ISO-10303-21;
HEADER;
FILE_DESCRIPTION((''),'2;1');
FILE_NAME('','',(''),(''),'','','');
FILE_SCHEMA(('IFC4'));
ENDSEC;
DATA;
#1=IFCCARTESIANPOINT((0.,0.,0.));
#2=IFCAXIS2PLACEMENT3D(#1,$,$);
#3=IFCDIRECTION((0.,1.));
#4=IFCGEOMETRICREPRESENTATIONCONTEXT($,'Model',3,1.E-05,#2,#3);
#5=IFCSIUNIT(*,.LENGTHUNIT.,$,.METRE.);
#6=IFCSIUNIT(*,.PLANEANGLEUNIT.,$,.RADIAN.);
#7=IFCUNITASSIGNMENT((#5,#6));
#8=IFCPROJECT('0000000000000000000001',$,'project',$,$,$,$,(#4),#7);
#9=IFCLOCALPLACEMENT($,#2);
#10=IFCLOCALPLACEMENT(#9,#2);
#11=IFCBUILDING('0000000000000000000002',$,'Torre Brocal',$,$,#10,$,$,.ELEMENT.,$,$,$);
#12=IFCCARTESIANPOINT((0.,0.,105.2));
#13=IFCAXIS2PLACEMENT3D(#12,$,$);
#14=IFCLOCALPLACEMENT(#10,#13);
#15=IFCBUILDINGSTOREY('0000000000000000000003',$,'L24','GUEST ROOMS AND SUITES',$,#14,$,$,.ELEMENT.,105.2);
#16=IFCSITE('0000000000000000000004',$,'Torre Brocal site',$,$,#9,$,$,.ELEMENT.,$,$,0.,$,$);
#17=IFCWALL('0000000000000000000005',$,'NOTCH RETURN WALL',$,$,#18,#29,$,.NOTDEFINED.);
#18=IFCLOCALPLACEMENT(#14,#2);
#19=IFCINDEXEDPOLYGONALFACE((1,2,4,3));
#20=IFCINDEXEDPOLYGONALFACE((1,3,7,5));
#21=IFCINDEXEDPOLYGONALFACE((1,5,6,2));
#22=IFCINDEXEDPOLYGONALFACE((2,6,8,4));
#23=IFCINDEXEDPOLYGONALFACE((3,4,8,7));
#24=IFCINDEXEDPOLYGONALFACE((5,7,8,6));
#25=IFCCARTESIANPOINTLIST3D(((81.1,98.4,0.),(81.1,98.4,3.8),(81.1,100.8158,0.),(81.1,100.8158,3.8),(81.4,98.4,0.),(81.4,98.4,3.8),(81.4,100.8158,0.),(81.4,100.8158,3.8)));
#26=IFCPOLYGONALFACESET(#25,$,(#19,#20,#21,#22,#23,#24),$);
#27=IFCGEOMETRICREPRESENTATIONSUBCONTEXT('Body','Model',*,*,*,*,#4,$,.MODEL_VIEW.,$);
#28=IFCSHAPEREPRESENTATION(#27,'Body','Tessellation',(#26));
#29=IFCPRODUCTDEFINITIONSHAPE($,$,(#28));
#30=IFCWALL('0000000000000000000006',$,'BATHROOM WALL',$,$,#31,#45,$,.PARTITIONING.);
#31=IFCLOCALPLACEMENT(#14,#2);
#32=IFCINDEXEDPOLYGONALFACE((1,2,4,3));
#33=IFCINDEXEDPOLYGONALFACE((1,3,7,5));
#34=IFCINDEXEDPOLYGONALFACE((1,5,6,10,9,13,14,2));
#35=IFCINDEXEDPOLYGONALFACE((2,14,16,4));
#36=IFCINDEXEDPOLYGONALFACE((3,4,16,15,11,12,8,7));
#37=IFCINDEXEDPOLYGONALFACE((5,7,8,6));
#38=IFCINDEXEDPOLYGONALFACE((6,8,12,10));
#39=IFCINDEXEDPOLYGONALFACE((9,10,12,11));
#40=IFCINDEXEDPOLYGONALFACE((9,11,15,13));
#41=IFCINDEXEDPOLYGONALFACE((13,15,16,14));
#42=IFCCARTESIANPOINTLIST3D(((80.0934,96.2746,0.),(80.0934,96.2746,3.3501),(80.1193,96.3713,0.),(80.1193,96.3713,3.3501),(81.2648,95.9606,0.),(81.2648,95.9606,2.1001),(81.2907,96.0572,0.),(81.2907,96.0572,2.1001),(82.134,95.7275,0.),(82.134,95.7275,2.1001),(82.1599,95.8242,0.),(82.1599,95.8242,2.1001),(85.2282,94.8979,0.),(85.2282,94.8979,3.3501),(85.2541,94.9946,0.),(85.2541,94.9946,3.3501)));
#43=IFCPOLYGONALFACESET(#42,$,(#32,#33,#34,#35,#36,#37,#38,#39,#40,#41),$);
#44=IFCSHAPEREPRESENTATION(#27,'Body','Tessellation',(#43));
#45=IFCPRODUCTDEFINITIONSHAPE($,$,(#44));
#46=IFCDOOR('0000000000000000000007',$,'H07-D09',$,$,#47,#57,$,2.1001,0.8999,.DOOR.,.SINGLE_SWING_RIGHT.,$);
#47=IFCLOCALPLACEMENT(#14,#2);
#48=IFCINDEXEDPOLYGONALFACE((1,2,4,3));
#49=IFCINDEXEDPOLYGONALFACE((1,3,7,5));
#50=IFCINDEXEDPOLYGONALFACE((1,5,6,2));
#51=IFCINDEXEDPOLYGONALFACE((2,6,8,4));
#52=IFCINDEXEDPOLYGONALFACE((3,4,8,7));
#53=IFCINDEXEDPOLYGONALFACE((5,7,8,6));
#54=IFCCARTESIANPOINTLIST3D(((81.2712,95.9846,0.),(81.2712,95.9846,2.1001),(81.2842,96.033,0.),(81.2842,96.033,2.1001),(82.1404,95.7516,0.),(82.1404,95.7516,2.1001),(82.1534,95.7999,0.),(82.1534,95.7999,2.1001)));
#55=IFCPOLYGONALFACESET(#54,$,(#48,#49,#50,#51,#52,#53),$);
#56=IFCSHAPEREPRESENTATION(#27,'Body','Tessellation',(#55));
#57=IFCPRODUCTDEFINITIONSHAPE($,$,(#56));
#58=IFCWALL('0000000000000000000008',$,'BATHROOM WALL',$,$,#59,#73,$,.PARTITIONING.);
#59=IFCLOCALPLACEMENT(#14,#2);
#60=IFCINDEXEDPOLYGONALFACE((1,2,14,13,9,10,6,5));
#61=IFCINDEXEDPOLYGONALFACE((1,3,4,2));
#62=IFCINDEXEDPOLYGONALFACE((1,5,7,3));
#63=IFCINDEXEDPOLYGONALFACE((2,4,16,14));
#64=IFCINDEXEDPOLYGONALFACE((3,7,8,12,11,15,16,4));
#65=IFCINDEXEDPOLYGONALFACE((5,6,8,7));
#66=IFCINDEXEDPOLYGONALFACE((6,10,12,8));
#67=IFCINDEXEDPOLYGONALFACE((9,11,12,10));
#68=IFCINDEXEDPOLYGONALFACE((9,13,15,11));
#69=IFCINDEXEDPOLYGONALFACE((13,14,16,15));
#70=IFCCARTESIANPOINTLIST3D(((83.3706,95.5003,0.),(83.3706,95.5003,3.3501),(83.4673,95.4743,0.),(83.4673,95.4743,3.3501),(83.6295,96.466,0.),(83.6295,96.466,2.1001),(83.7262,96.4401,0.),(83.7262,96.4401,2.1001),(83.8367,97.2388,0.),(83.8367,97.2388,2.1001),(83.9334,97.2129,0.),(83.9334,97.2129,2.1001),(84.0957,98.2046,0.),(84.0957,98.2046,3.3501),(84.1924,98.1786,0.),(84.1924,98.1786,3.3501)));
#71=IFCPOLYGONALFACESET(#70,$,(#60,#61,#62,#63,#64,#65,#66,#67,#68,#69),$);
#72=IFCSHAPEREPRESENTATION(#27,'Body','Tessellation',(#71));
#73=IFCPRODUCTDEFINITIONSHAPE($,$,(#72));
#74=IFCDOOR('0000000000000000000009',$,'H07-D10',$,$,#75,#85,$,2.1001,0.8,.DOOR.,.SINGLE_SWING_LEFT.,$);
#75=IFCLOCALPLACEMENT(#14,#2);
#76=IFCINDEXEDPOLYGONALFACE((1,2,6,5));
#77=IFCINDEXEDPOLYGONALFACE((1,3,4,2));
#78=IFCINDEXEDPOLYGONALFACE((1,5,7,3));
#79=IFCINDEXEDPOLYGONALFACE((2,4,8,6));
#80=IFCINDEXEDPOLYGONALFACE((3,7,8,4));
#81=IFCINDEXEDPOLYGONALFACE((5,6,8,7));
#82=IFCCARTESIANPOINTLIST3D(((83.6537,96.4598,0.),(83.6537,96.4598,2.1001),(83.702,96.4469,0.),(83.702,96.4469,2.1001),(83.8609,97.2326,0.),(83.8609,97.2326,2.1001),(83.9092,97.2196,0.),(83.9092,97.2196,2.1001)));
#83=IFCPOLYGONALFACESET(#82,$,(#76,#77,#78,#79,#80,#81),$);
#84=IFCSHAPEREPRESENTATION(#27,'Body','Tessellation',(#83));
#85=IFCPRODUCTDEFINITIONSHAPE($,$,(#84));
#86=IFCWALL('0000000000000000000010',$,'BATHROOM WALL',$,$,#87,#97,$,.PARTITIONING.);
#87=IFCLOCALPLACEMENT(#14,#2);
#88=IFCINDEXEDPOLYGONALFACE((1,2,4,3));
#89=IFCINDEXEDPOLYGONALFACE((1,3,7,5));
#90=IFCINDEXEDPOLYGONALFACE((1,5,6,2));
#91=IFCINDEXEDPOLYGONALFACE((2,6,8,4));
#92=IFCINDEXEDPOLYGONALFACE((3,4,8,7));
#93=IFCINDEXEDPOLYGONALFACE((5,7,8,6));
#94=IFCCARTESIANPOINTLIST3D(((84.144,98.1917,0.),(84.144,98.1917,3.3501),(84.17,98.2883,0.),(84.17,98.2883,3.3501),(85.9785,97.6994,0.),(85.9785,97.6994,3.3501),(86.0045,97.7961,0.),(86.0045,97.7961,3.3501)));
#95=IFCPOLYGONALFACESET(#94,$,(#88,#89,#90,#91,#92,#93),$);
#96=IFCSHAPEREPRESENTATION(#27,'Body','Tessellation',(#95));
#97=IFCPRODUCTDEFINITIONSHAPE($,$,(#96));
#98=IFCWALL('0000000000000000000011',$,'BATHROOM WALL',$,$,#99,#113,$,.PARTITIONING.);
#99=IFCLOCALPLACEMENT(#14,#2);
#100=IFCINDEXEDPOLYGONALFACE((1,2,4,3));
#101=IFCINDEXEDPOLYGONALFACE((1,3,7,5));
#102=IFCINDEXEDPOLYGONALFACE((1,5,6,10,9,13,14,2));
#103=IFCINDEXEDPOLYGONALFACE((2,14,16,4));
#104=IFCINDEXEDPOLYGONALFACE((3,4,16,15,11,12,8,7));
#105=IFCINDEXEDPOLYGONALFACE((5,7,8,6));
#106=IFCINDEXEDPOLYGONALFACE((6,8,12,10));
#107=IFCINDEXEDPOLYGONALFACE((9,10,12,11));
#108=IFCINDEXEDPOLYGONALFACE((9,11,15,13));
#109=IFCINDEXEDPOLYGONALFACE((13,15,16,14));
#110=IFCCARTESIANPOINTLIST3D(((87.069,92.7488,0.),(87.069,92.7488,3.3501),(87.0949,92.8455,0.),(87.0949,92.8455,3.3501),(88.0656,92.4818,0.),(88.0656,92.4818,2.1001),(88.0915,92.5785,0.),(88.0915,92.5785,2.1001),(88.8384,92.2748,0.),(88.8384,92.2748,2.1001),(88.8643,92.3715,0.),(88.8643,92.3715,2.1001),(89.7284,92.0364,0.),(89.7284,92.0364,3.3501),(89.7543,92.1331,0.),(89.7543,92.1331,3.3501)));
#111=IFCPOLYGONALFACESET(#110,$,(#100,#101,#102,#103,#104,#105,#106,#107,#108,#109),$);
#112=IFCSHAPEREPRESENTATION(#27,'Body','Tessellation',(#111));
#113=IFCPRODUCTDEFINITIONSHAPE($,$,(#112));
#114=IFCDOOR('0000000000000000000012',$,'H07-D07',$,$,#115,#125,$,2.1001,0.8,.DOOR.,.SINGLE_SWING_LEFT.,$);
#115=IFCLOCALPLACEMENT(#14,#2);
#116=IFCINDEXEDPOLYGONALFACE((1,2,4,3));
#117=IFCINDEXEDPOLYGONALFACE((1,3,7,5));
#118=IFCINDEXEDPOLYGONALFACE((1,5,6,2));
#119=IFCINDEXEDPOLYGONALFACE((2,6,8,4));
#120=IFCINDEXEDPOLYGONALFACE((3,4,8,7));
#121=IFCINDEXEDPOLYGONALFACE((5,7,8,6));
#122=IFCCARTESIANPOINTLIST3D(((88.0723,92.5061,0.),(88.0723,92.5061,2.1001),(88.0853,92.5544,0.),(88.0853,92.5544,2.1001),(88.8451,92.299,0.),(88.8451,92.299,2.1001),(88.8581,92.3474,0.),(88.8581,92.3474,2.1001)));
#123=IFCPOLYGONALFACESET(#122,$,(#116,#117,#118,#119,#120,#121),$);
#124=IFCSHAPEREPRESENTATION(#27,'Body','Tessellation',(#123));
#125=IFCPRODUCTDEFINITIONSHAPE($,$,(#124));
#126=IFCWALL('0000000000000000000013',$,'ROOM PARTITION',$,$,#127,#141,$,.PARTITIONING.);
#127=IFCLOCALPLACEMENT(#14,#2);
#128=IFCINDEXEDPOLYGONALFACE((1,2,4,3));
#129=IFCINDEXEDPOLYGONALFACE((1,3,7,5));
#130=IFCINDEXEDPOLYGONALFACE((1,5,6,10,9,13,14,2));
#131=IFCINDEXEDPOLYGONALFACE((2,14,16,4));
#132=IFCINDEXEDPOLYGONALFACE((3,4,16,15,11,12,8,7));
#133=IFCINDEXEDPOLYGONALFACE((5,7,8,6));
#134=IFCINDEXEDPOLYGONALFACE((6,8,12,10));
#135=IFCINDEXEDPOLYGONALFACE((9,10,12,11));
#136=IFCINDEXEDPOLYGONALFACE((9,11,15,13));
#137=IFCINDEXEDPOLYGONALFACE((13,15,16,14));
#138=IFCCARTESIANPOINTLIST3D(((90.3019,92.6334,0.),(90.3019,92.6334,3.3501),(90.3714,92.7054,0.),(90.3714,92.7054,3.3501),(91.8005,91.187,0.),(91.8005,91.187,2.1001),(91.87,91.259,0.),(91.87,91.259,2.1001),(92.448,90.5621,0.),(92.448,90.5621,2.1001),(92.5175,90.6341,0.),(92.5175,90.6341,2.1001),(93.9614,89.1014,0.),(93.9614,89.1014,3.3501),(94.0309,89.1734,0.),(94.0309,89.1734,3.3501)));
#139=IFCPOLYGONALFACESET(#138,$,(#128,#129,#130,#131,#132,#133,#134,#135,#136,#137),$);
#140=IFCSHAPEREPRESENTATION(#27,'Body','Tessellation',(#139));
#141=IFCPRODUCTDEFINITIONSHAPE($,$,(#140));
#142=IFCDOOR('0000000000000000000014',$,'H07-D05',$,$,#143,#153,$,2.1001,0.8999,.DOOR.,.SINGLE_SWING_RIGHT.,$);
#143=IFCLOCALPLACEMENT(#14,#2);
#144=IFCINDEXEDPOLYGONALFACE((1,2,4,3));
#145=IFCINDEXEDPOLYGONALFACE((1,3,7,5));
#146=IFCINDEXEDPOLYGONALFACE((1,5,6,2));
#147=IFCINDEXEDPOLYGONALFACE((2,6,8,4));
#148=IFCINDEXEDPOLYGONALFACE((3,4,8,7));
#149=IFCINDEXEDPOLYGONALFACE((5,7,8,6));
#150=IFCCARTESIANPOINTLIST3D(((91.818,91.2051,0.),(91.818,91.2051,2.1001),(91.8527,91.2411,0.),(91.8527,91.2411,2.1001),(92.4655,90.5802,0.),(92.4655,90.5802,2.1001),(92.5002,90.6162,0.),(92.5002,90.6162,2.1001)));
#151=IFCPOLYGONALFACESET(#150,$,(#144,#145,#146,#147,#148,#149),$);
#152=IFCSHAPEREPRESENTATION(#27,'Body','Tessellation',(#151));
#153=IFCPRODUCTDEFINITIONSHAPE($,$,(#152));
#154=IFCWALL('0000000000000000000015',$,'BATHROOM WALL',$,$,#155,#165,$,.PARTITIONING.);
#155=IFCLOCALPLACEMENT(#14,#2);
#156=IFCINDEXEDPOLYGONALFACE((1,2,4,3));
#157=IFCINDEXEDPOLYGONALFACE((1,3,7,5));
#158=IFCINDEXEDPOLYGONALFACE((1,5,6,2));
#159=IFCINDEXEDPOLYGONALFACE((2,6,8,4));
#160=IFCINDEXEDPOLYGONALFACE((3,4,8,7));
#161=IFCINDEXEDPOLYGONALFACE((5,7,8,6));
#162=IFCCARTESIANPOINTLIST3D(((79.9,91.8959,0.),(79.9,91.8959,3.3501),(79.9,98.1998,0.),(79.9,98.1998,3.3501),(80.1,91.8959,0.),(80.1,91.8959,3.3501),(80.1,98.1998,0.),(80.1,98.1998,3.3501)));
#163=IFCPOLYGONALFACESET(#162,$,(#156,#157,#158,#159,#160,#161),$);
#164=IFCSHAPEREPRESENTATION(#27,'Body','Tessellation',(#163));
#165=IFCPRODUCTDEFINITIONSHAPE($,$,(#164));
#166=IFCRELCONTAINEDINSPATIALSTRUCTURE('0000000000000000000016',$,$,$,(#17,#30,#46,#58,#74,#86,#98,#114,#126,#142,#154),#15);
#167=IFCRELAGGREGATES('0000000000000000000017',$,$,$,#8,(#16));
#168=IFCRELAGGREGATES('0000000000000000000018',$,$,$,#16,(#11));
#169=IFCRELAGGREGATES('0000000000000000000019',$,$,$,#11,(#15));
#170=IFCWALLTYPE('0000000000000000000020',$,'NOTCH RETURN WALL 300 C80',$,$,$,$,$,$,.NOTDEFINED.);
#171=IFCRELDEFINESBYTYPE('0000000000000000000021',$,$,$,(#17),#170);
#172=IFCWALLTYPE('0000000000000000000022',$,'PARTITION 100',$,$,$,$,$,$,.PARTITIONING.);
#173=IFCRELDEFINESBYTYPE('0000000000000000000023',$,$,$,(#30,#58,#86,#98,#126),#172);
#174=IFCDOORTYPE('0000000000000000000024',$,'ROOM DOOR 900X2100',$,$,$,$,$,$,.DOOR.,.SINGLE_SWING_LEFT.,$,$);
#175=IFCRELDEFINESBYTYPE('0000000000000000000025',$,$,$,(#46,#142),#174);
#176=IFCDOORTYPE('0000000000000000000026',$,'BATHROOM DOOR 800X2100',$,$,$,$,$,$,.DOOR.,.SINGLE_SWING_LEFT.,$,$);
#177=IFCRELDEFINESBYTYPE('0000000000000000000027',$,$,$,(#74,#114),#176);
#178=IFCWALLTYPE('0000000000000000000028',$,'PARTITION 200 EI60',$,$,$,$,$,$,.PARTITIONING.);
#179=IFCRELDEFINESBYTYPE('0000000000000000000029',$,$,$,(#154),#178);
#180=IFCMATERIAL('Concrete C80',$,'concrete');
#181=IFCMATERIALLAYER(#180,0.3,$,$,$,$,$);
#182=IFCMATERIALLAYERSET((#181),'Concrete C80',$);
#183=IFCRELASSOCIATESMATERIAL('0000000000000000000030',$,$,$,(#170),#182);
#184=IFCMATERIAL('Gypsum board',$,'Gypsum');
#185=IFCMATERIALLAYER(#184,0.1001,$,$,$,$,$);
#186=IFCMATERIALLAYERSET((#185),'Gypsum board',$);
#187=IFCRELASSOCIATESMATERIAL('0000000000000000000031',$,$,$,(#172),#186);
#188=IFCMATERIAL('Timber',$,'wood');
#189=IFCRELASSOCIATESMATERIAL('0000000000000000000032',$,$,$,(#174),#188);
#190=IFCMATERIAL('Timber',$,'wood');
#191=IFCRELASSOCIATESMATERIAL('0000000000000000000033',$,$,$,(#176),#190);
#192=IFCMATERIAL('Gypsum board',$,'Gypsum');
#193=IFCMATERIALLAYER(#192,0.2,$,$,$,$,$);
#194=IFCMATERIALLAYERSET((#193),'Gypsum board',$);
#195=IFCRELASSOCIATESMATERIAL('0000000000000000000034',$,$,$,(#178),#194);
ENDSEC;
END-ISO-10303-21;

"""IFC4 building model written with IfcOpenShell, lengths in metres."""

from ifc_helpers import new_model, si_unit, direction, frame, frame_2d, origin, place, context, subcontext, project, spatial, rectangle, extrude, material, layer, layer_set, type_object, element, fill, save


model = new_model("IFC4")

# Units and contexts
model_context = context("Model", 3, precision=1e-05, world=origin(), true_north=direction((0.0, 1.0)))
body_context = subcontext(model_context, "Body", "Model", "MODEL_VIEW")
ifc_project = project(units=[si_unit("LENGTHUNIT", "METRE"), si_unit("PLANEANGLEUNIT", "RADIAN")], contexts=[model_context])

# Site, building, storey
site_placement = place(None, origin())
site = spatial("IfcSite", under=ifc_project, at=site_placement, Name="Torre Brocal site", CompositionType="ELEMENT", RefElevation=0.0)
building_placement = place(site_placement, origin())
building = spatial("IfcBuilding", under=site, at=building_placement, Name="Torre Brocal", CompositionType="ELEMENT")
storey_placement = place(building_placement, frame((0.0, 0.0, 105.2)))
storey = spatial("IfcBuildingStorey", under=building, at=storey_placement, Name="L24", Description="GUEST ROOMS AND SUITES", CompositionType="ELEMENT", Elevation=105.2)

# Wall
ifc_material_1 = material(Name="Concrete C80", Category="concrete")
ifc_layer_1 = layer(ifc_material_1, 0.3)
ifc_layer_set_1 = layer_set([ifc_layer_1], Name="Concrete C80")
wall_type_1 = type_object("IfcWallType", Name="NOTCH RETURN WALL 300 C80", PredefinedType="NOTDEFINED", material=ifc_layer_set_1)
wall_1_placement = place(storey_placement, frame((81.25, 98.3999, 0.0), z_axis=(0.0, 0.0, 1.0), x_axis=(0.0, 1.0, 0.0)))
element("IfcWall", 1, at=wall_1_placement, inside=storey, type_object=wall_type_1, Name="NOTCH RETURN WALL", PredefinedType="NOTDEFINED", context=body_context, shape_type="SweptSolid", body=[
    extrude(rectangle(XDim=2.4158, YDim=0.3, at=frame_2d((1.208, 0.0))), origin(), (0.0, 0.0, 1.0), 3.8),
])

# Walls, openings, doors
ifc_material_2 = material(Name="Gypsum board", Category="Gypsum")
ifc_layer_2 = layer(ifc_material_2, 0.1001)
ifc_layer_set_2 = layer_set([ifc_layer_2], Name="Gypsum board")
wall_type_2 = type_object("IfcWallType", Name="PARTITION 100", PredefinedType="PARTITIONING", material=ifc_layer_set_2)
wall_2_placement = place(storey_placement, frame((80.1062, 96.323, 0.0), z_axis=(0.0, 0.0, 1.0), x_axis=(0.965886, -0.258969, 0.0)))
wall_2 = element("IfcWall", 2, at=wall_2_placement, inside=storey, type_object=wall_type_2, Name="BATHROOM WALL", PredefinedType="PARTITIONING", context=body_context, shape_type="SweptSolid", body=[
    extrude(rectangle(XDim=5.3162, YDim=0.1001, at=frame_2d((2.6582, 0.0))), origin(), (0.0, 0.0, 1.0), 3.3501),
])
opening_1_placement = place(wall_2_placement, frame((1.2129, 0.0, 0.0)))
opening_1 = element("IfcOpeningElement", 3, at=opening_1_placement, cuts=wall_2, PredefinedType="OPENING", context=body_context, shape_type="SweptSolid", body=[
    extrude(rectangle(XDim=0.8999, YDim=2.1001, at=frame_2d((0.45, 1.05))), frame((0.0, 0.0601, 0.0), z_axis=(0.0, -1.0, 0.0), x_axis=(1.0, 0.0, 0.0)), (0.0, 0.0, 1.0), 0.1201),
])
ifc_material_3 = material(Name="Timber", Category="wood")
door_type_1 = type_object("IfcDoorType", Name="ROOM DOOR 900X2100", OperationType="SINGLE_SWING_LEFT", PredefinedType="DOOR", material=ifc_material_3)
door_1_placement = place(opening_1_placement, origin())
door_1 = element("IfcDoor", 4, at=door_1_placement, inside=storey, type_object=door_type_1, Name="H07-D09", OperationType="SINGLE_SWING_RIGHT", OverallHeight=2.1001, OverallWidth=0.8999, PredefinedType="DOOR", context=body_context, shape_type="SweptSolid", body=[
    extrude(rectangle(XDim=0.8999, YDim=2.1001, at=frame_2d((0.45, 1.05))), frame((0.0, 0.0249, 0.0), z_axis=(0.0, -1.0, 0.0), x_axis=(1.0, 0.0, 0.0)), (0.0, 0.0, 1.0), 0.05),
])
fill(opening_1, door_1)
wall_3_placement = place(storey_placement, frame((83.4189, 95.4873, 0.0), z_axis=(0.0, 0.0, 1.0), x_axis=(0.258976, 0.965884, 0.0)))
wall_3 = element("IfcWall", 5, at=wall_3_placement, inside=storey, type_object=wall_type_2, Name="BATHROOM WALL", PredefinedType="PARTITIONING", context=body_context, shape_type="SweptSolid", body=[
    extrude(rectangle(XDim=2.7998, YDim=0.1001, at=frame_2d((1.3999, 0.0))), origin(), (0.0, 0.0, 1.0), 3.3501),
])
opening_2_placement = place(wall_3_placement, frame((1.0, 0.0, 0.0)))
opening_2 = element("IfcOpeningElement", 6, at=opening_2_placement, cuts=wall_3, PredefinedType="OPENING", context=body_context, shape_type="SweptSolid", body=[
    extrude(rectangle(XDim=0.8, YDim=2.1001, at=frame_2d((0.3999, 1.05))), frame((0.0, 0.0601, 0.0), z_axis=(0.0, -1.0, 0.0), x_axis=(1.0, 0.0, 0.0)), (0.0, 0.0, 1.0), 0.1201),
])
ifc_material_4 = material(Name="Timber", Category="wood")
door_type_2 = type_object("IfcDoorType", Name="BATHROOM DOOR 800X2100", OperationType="SINGLE_SWING_LEFT", PredefinedType="DOOR", material=ifc_material_4)
door_2_placement = place(opening_2_placement, frame((0.8, 0.0, 0.0), z_axis=(0.0, 0.0, 1.0), x_axis=(-1.0, 0.0, 0.0)))
door_2 = element("IfcDoor", 7, at=door_2_placement, inside=storey, type_object=door_type_2, Name="H07-D10", OperationType="SINGLE_SWING_LEFT", OverallHeight=2.1001, OverallWidth=0.8, PredefinedType="DOOR", context=body_context, shape_type="SweptSolid", body=[
    extrude(rectangle(XDim=0.8, YDim=2.1001, at=frame_2d((0.3999, 1.05))), frame((0.0, 0.0249, 0.0), z_axis=(0.0, -1.0, 0.0), x_axis=(1.0, 0.0, 0.0)), (0.0, 0.0, 1.0), 0.05),
])
fill(opening_2, door_2)

# Wall
wall_4_placement = place(storey_placement, frame((84.157, 98.24, 0.0), z_axis=(0.0, 0.0, 1.0), x_axis=(0.965841, -0.259134, 0.0)))
element("IfcWall", 8, at=wall_4_placement, inside=storey, type_object=wall_type_2, Name="BATHROOM WALL", PredefinedType="PARTITIONING", context=body_context, shape_type="SweptSolid", body=[
    extrude(rectangle(XDim=1.8994, YDim=0.1001, at=frame_2d((0.9497, 0.0))), origin(), (0.0, 0.0, 1.0), 3.3501),
])

# Walls, openings, doors
wall_5_placement = place(storey_placement, frame((87.082, 92.7971, 0.0), z_axis=(0.0, 0.0, 1.0), x_axis=(0.965943, -0.258755, 0.0)))
wall_5 = element("IfcWall", 9, at=wall_5_placement, inside=storey, type_object=wall_type_2, Name="BATHROOM WALL", PredefinedType="PARTITIONING", context=body_context, shape_type="SweptSolid", body=[
    extrude(rectangle(XDim=2.7532, YDim=0.1001, at=frame_2d((1.3765, 0.0))), origin(), (0.0, 0.0, 1.0), 3.3501),
])
opening_3_placement = place(wall_5_placement, frame((1.0317, 0.0, 0.0)))
opening_3 = element("IfcOpeningElement", 10, at=opening_3_placement, cuts=wall_5, PredefinedType="OPENING", context=body_context, shape_type="SweptSolid", body=[
    extrude(rectangle(XDim=0.8, YDim=2.1001, at=frame_2d((0.3999, 1.05))), frame((0.0, 0.0601, 0.0), z_axis=(0.0, -1.0, 0.0), x_axis=(1.0, 0.0, 0.0)), (0.0, 0.0, 1.0), 0.1201),
])
door_3_placement = place(opening_3_placement, frame((0.8, 0.0, 0.0), z_axis=(0.0, 0.0, 1.0), x_axis=(-1.0, 0.0, 0.0)))
door_3 = element("IfcDoor", 11, at=door_3_placement, inside=storey, type_object=door_type_2, Name="H07-D07", OperationType="SINGLE_SWING_LEFT", OverallHeight=2.1001, OverallWidth=0.8, PredefinedType="DOOR", context=body_context, shape_type="SweptSolid", body=[
    extrude(rectangle(XDim=0.8, YDim=2.1001, at=frame_2d((0.3999, 1.05))), frame((0.0, 0.0249, 0.0), z_axis=(0.0, -1.0, 0.0), x_axis=(1.0, 0.0, 0.0)), (0.0, 0.0, 1.0), 0.05),
])
fill(opening_3, door_3)
wall_6_placement = place(storey_placement, frame((90.3367, 92.6694, 0.0), z_axis=(0.0, 0.0, 1.0), x_axis=(0.719525, -0.694467, 0.0)))
wall_6 = element("IfcWall", 12, at=wall_6_placement, inside=storey, type_object=wall_type_2, Name="ROOM PARTITION", PredefinedType="PARTITIONING", context=body_context, shape_type="SweptSolid", body=[
    extrude(rectangle(XDim=5.0859, YDim=0.1001, at=frame_2d((2.543, 0.0))), origin(), (0.0, 0.0, 1.0), 3.3501),
])
opening_4_placement = place(wall_6_placement, frame((2.0828, 0.0, 0.0)))
opening_4 = element("IfcOpeningElement", 13, at=opening_4_placement, cuts=wall_6, PredefinedType="OPENING", context=body_context, shape_type="SweptSolid", body=[
    extrude(rectangle(XDim=0.8999, YDim=2.1001, at=frame_2d((0.45, 1.05))), frame((0.0, 0.0601, 0.0), z_axis=(0.0, -1.0, 0.0), x_axis=(1.0, 0.0, 0.0)), (0.0, 0.0, 1.0), 0.1201),
])
door_4_placement = place(opening_4_placement, frame((0.8999, 0.0, 0.0), z_axis=(0.0, 0.0, 1.0), x_axis=(-1.0, 0.0, 0.0)))
door_4 = element("IfcDoor", 14, at=door_4_placement, inside=storey, type_object=door_type_1, Name="H07-D05", OperationType="SINGLE_SWING_RIGHT", OverallHeight=2.1001, OverallWidth=0.8999, PredefinedType="DOOR", context=body_context, shape_type="SweptSolid", body=[
    extrude(rectangle(XDim=0.8999, YDim=2.1001, at=frame_2d((0.45, 1.05))), frame((0.0, 0.0249, 0.0), z_axis=(0.0, -1.0, 0.0), x_axis=(1.0, 0.0, 0.0)), (0.0, 0.0, 1.0), 0.05),
])
fill(opening_4, door_4)

# Wall
ifc_material_5 = material(Name="Gypsum board", Category="Gypsum")
ifc_layer_3 = layer(ifc_material_5, 0.2)
ifc_layer_set_3 = layer_set([ifc_layer_3], Name="Gypsum board")
wall_type_3 = type_object("IfcWallType", Name="PARTITION 200 EI60", PredefinedType="PARTITIONING", material=ifc_layer_set_3)
wall_7_placement = place(storey_placement, frame((80.0, 91.896, 0.0), z_axis=(0.0, 0.0, 1.0), x_axis=(0.0, 1.0, 0.0)))
element("IfcWall", 15, at=wall_7_placement, inside=storey, type_object=wall_type_3, Name="BATHROOM WALL", PredefinedType="PARTITIONING", context=body_context, shape_type="SweptSolid", body=[
    extrude(rectangle(XDim=6.304, YDim=0.2, at=frame_2d((3.1519, 0.0))), origin(), (0.0, 0.0, 1.0), 3.3501),
])

save(model, "model.ifc")
